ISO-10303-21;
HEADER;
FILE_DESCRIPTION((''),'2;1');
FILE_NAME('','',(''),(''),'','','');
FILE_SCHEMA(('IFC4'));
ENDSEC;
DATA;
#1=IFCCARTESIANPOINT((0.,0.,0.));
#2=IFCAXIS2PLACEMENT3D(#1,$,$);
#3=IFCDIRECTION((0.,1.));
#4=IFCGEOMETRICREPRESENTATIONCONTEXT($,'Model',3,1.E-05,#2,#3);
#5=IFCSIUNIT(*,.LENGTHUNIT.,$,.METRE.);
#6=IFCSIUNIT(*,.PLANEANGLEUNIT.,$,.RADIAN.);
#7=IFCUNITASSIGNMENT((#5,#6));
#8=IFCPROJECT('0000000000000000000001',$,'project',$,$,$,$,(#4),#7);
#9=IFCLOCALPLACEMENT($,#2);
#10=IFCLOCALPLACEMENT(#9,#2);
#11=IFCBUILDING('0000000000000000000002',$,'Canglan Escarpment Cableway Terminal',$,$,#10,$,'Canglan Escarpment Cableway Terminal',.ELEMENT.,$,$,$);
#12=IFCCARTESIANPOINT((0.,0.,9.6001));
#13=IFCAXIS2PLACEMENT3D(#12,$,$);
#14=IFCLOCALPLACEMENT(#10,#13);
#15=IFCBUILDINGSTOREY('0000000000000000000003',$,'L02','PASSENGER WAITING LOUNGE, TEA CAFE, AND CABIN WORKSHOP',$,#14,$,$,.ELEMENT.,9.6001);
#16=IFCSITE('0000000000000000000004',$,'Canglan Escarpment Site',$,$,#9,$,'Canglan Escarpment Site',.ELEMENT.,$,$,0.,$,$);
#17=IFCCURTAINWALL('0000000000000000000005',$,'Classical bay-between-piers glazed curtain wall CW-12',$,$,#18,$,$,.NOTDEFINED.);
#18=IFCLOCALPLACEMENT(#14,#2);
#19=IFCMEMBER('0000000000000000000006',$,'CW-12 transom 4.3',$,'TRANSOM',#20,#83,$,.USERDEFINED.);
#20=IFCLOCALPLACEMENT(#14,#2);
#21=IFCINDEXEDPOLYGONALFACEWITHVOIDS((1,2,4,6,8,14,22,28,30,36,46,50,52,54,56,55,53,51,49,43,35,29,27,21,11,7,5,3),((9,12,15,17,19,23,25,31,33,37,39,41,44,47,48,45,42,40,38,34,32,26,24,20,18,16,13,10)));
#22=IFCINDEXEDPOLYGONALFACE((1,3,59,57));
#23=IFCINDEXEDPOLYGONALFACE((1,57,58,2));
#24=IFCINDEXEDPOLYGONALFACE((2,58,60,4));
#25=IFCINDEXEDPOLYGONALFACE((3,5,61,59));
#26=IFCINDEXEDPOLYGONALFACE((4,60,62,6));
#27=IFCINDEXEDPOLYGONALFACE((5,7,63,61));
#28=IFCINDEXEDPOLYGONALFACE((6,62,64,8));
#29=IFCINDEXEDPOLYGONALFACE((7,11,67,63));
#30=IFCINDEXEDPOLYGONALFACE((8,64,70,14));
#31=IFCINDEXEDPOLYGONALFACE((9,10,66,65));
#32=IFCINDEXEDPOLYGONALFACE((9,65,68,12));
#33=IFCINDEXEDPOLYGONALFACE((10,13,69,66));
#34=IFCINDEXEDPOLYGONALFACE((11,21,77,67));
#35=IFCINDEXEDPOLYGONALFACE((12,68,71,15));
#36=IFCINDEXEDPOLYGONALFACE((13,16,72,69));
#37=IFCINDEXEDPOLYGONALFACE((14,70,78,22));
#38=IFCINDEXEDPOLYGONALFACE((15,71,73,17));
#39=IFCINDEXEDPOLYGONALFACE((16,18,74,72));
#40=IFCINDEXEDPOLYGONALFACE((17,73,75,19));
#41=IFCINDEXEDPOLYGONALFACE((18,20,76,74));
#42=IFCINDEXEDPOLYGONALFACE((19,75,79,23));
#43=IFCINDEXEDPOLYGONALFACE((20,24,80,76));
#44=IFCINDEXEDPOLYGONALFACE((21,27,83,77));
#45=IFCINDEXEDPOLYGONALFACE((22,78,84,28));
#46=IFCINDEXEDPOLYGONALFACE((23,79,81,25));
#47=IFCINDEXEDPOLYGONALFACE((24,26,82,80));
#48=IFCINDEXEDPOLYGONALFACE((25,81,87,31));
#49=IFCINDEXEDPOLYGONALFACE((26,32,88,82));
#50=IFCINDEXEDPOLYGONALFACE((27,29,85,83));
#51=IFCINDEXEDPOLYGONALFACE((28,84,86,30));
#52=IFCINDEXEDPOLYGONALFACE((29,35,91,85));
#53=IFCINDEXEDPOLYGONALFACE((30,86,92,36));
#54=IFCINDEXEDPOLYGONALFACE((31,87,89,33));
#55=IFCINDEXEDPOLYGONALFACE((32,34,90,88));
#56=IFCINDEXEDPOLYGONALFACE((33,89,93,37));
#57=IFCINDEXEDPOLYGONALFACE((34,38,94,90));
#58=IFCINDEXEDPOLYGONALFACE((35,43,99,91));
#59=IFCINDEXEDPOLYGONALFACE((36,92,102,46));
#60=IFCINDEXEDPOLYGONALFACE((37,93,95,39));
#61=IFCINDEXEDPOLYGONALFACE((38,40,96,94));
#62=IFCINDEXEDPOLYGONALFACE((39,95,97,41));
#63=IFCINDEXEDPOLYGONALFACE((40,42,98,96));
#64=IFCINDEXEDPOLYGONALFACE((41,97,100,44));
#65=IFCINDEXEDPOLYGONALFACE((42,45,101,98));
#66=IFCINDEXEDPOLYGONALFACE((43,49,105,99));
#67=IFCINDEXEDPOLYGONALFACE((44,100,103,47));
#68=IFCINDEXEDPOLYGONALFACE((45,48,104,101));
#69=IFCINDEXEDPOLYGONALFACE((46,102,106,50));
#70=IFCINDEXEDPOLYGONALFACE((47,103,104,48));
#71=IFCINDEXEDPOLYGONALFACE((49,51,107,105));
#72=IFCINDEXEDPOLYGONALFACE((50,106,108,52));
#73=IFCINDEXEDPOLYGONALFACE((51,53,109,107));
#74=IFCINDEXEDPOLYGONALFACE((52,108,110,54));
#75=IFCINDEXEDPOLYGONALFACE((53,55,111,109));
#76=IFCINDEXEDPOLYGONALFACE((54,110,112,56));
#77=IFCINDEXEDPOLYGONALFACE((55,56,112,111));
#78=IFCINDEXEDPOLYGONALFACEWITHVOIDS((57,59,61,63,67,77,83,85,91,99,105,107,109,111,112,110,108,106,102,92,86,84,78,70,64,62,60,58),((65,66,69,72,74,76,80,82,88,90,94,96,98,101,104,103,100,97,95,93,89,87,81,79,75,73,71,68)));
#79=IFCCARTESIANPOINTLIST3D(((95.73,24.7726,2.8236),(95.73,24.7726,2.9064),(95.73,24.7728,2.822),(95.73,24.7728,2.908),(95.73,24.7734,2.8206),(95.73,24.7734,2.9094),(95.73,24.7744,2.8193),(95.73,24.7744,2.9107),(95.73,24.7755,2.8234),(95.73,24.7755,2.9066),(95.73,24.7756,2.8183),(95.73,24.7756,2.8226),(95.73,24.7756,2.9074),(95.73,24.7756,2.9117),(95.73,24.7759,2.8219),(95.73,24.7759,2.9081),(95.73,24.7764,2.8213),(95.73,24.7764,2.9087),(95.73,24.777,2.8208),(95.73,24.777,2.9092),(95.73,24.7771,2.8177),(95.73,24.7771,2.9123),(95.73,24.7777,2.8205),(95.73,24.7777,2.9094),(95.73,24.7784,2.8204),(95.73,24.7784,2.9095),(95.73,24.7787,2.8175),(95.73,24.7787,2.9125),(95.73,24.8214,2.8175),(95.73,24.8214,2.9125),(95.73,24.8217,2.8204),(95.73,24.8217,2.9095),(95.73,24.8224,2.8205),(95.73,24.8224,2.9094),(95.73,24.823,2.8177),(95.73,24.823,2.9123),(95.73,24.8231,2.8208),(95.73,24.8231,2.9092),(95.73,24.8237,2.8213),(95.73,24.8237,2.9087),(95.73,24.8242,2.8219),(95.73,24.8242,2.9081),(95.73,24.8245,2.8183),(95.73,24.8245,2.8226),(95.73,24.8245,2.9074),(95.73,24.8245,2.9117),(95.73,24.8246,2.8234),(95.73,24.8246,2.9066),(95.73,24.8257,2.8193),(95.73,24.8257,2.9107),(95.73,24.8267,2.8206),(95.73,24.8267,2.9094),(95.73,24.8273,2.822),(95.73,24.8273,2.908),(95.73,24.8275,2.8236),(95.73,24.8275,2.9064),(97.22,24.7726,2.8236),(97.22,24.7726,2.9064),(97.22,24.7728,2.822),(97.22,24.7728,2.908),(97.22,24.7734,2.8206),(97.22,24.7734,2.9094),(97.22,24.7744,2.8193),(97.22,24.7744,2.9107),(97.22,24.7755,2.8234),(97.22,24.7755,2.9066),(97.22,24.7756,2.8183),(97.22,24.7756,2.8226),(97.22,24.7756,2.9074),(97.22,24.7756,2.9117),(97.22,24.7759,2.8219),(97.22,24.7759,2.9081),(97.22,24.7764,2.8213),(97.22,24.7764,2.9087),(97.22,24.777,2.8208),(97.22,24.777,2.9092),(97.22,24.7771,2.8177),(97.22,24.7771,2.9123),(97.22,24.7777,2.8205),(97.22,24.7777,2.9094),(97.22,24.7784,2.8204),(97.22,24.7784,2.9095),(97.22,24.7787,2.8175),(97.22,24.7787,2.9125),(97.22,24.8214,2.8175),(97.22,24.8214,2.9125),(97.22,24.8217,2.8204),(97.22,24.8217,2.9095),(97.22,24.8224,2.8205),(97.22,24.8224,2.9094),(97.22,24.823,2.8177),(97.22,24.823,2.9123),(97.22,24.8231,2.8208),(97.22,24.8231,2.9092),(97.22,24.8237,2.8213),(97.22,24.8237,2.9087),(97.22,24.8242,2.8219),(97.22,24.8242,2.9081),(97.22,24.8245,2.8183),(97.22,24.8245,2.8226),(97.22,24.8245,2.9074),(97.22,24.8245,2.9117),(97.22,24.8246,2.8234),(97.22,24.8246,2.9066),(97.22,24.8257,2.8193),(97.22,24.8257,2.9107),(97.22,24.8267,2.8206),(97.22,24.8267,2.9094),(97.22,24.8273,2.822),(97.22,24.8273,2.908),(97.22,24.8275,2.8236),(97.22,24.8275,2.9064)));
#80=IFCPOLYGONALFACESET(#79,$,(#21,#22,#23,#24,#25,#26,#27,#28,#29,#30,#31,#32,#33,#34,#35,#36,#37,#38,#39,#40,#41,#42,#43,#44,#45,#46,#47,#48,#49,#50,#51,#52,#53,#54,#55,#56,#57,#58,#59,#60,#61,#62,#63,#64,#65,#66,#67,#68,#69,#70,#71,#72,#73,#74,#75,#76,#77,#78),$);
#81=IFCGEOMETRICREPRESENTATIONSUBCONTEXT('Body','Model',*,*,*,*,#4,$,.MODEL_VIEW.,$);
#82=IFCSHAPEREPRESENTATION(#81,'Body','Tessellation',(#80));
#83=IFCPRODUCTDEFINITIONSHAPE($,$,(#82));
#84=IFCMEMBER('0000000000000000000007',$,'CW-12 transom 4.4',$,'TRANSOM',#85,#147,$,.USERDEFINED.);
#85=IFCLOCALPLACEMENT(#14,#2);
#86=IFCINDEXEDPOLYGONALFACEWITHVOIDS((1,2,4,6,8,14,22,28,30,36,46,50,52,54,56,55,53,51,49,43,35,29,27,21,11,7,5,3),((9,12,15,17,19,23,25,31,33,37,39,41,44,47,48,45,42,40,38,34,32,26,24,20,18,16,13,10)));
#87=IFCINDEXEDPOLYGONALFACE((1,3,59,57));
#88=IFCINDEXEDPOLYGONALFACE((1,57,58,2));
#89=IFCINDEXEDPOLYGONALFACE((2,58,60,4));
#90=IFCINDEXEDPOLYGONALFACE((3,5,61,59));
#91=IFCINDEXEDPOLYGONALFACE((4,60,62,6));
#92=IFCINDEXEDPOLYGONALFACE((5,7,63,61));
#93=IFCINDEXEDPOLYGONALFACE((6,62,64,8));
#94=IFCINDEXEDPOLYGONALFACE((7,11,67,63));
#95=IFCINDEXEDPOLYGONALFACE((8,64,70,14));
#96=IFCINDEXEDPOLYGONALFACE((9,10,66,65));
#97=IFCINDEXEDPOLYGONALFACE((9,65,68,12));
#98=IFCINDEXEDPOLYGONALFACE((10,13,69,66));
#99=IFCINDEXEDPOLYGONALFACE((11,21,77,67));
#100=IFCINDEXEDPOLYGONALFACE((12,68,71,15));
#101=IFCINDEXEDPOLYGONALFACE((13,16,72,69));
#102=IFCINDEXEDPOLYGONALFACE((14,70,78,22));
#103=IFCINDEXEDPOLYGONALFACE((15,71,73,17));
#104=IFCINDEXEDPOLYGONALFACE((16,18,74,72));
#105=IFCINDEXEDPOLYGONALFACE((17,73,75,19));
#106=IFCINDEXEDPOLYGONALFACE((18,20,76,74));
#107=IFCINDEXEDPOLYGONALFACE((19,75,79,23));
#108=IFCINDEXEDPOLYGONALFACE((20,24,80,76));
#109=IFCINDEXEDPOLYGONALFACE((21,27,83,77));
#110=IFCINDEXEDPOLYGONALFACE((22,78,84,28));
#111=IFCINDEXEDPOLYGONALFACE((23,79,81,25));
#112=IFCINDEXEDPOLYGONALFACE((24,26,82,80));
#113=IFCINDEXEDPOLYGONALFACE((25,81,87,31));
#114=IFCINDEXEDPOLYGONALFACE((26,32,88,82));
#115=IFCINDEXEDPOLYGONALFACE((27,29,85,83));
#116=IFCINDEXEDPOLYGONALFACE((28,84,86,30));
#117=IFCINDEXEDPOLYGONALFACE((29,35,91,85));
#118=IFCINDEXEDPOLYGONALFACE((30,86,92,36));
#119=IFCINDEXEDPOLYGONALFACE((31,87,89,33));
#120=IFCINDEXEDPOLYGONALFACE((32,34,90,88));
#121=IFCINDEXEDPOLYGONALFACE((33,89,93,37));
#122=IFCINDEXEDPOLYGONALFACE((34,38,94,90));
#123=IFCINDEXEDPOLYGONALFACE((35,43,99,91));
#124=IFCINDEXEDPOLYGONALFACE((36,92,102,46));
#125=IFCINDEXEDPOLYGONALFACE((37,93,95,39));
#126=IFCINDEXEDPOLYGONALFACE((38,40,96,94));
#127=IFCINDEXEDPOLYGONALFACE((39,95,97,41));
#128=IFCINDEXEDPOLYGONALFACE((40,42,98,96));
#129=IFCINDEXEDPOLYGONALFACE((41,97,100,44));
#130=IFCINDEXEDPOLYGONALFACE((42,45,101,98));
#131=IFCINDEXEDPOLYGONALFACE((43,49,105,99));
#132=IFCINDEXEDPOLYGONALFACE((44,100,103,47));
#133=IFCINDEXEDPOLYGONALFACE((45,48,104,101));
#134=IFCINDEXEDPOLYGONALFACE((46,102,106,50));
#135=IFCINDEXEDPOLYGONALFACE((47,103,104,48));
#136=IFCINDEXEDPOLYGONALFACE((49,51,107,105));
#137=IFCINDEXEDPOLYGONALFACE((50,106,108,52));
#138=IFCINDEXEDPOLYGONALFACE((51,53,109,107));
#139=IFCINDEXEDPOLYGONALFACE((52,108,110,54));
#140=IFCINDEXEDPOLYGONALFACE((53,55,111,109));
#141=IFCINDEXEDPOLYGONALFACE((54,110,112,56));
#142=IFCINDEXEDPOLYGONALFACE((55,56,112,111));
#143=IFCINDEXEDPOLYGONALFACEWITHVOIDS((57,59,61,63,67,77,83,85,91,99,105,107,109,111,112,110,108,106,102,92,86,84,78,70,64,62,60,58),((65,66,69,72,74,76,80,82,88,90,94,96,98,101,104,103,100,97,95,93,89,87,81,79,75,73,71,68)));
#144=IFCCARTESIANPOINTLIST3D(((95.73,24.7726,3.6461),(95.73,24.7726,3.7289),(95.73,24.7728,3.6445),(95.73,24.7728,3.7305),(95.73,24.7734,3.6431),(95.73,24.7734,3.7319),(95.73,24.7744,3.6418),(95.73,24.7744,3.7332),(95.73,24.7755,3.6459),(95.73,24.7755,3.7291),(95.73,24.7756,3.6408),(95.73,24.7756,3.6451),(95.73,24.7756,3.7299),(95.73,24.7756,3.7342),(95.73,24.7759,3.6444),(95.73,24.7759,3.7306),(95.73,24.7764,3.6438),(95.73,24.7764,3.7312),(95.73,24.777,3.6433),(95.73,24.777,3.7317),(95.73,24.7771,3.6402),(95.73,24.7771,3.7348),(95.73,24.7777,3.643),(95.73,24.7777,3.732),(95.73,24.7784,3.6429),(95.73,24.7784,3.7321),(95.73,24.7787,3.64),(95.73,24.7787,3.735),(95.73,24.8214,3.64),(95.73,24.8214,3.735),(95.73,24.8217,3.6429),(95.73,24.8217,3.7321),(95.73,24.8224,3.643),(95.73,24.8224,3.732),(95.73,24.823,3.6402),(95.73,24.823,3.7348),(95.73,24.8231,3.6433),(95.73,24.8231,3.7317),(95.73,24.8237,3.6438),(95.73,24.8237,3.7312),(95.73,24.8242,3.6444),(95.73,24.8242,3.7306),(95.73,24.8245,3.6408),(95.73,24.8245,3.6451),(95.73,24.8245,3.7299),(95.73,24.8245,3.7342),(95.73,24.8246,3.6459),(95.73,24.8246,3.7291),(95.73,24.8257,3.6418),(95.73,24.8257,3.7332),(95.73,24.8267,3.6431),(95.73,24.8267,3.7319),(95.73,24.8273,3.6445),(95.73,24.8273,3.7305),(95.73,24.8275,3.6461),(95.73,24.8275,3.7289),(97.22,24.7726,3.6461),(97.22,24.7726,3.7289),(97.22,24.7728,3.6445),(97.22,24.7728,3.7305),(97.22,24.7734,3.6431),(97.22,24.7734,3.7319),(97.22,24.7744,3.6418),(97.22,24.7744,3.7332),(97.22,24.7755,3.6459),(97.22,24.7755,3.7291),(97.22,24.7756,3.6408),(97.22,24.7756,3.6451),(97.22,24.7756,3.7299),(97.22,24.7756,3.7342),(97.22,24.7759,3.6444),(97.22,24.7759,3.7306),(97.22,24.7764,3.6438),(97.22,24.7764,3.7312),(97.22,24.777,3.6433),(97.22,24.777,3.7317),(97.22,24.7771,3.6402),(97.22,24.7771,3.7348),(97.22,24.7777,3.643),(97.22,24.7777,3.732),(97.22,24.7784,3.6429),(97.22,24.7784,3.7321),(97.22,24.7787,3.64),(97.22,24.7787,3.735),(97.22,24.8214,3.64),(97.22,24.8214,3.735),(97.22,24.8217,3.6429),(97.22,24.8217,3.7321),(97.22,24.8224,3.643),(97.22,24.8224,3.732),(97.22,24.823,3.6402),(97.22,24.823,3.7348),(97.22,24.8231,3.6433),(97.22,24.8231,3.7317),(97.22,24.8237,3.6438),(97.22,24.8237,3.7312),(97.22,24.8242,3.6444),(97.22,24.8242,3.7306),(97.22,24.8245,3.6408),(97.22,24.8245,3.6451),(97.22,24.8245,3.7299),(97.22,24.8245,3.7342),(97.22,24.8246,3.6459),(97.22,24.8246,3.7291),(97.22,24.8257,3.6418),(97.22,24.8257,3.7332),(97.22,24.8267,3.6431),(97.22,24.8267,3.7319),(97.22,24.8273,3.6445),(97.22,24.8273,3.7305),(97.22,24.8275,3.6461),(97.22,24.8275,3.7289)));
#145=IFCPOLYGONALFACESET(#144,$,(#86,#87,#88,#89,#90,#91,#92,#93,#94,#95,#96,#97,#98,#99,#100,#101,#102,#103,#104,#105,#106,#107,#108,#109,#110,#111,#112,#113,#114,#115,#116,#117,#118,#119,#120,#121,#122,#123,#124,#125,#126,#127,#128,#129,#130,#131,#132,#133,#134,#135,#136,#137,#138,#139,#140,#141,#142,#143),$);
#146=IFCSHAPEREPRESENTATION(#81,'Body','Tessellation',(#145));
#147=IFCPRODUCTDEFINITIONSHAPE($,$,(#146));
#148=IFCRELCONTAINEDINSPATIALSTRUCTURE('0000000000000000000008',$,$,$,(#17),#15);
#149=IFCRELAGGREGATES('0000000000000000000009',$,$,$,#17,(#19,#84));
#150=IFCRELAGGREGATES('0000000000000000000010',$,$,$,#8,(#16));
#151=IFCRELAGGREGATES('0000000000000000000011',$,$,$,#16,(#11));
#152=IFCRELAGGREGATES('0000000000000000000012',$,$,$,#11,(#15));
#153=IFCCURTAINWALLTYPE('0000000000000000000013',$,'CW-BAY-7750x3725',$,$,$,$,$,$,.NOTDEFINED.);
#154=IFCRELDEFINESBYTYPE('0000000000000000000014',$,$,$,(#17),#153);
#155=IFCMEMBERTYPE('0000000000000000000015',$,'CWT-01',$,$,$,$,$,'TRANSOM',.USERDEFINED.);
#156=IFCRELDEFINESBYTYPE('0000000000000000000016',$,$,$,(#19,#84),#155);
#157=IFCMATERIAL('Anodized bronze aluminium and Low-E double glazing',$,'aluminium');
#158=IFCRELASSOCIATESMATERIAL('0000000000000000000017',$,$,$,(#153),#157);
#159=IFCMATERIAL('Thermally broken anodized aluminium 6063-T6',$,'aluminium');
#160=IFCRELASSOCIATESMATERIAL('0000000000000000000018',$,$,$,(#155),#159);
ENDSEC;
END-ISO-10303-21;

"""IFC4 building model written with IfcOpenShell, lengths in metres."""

from ifc_helpers import new_model, si_unit, direction, frame, origin, origin_2d, place, context, subcontext, project, spatial, hollow_rectangle, extrude, material, material_profile, profile_set, type_object, element, aggregate, save


model = new_model("IFC4")

# Units and contexts
model_context = context("Model", 3, precision=1e-05, world=origin(), true_north=direction((0.0, 1.0)))
body_context = subcontext(model_context, "Body", "Model", "MODEL_VIEW")
ifc_project = project(units=[si_unit("LENGTHUNIT", "METRE"), si_unit("PLANEANGLEUNIT", "RADIAN")], contexts=[model_context])

# Site, building, storey
site_placement = place(None, origin())
site = spatial("IfcSite", under=ifc_project, at=site_placement, Name="Canglan Escarpment Site", LongName="Canglan Escarpment Site", CompositionType="ELEMENT", RefElevation=0.0)
building_placement = place(site_placement, origin())
building = spatial("IfcBuilding", under=site, at=building_placement, Name="Canglan Escarpment Cableway Terminal", LongName="Canglan Escarpment Cableway Terminal", CompositionType="ELEMENT")
storey_placement = place(building_placement, frame((0.0, 0.0, 9.6001)))
storey = spatial("IfcBuildingStorey", under=building, at=storey_placement, Name="L02", Description="PASSENGER WAITING LOUNGE, TEA CAFE, AND CABIN WORKSHOP", CompositionType="ELEMENT", Elevation=9.6001)

# Curtain wall, members
ifc_material_1 = material(Name="Anodized bronze aluminium and Low-E double glazing", Category="aluminium")
curtain_wall_type = type_object("IfcCurtainWallType", Name="CW-BAY-7750x3725", PredefinedType="NOTDEFINED", material=ifc_material_1)
curtain_wall_placement = place(storey_placement, origin())
curtain_wall = element("IfcCurtainWall", 1, at=curtain_wall_placement, inside=storey, type_object=curtain_wall_type, Name="Classical bay-between-piers glazed curtain wall CW-12", PredefinedType="NOTDEFINED")
ifc_material_2 = material(Name="Thermally broken anodized aluminium 6063-T6", Category="aluminium")
ifc_material_profile_1 = material_profile(ifc_material_2, hollow_rectangle(XDim=0.0549, YDim=0.095, WallThickness=0.0029, InnerFilletRadius=0.0029, OuterFilletRadius=0.0061, at=origin_2d()), Name="ALU-TRAN 55x95x3")
ifc_profile_set_1 = profile_set([ifc_material_profile_1], Name="Thermally broken anodized aluminium 6063-T6")
member_type_1 = type_object("IfcMemberType", Name="CWT-01", ElementType="TRANSOM", PredefinedType="USERDEFINED", material=ifc_profile_set_1)
member_1_placement = place(storey_placement, frame((97.22, 24.8, 2.865), z_axis=(-1.0, 0.0, 0.0), x_axis=(0.0, -1.0, 0.0)))
member_1 = element("IfcMember", 2, at=member_1_placement, type_object=member_type_1, Name="CW-12 transom 4.3", ObjectType="TRANSOM", PredefinedType="USERDEFINED", context=body_context, shape_type="SweptSolid", body=[
    extrude(hollow_rectangle(XDim=0.0549, YDim=0.095, WallThickness=0.0029, InnerFilletRadius=0.0029, OuterFilletRadius=0.0061, at=origin_2d()), origin(), (0.0, 0.0, 1.0), 1.49),
])
member_2_placement = place(storey_placement, frame((97.22, 24.8, 3.6875), z_axis=(-1.0, 0.0, 0.0), x_axis=(0.0, -1.0, 0.0)))
member_2 = element("IfcMember", 3, at=member_2_placement, type_object=member_type_1, Name="CW-12 transom 4.4", ObjectType="TRANSOM", PredefinedType="USERDEFINED", context=body_context, shape_type="SweptSolid", body=[
    extrude(hollow_rectangle(XDim=0.0549, YDim=0.095, WallThickness=0.0029, InnerFilletRadius=0.0029, OuterFilletRadius=0.0061, at=origin_2d()), origin(), (0.0, 0.0, 1.0), 1.49),
])
aggregate(curtain_wall, [member_1, member_2])

save(model, "model.ifc")
